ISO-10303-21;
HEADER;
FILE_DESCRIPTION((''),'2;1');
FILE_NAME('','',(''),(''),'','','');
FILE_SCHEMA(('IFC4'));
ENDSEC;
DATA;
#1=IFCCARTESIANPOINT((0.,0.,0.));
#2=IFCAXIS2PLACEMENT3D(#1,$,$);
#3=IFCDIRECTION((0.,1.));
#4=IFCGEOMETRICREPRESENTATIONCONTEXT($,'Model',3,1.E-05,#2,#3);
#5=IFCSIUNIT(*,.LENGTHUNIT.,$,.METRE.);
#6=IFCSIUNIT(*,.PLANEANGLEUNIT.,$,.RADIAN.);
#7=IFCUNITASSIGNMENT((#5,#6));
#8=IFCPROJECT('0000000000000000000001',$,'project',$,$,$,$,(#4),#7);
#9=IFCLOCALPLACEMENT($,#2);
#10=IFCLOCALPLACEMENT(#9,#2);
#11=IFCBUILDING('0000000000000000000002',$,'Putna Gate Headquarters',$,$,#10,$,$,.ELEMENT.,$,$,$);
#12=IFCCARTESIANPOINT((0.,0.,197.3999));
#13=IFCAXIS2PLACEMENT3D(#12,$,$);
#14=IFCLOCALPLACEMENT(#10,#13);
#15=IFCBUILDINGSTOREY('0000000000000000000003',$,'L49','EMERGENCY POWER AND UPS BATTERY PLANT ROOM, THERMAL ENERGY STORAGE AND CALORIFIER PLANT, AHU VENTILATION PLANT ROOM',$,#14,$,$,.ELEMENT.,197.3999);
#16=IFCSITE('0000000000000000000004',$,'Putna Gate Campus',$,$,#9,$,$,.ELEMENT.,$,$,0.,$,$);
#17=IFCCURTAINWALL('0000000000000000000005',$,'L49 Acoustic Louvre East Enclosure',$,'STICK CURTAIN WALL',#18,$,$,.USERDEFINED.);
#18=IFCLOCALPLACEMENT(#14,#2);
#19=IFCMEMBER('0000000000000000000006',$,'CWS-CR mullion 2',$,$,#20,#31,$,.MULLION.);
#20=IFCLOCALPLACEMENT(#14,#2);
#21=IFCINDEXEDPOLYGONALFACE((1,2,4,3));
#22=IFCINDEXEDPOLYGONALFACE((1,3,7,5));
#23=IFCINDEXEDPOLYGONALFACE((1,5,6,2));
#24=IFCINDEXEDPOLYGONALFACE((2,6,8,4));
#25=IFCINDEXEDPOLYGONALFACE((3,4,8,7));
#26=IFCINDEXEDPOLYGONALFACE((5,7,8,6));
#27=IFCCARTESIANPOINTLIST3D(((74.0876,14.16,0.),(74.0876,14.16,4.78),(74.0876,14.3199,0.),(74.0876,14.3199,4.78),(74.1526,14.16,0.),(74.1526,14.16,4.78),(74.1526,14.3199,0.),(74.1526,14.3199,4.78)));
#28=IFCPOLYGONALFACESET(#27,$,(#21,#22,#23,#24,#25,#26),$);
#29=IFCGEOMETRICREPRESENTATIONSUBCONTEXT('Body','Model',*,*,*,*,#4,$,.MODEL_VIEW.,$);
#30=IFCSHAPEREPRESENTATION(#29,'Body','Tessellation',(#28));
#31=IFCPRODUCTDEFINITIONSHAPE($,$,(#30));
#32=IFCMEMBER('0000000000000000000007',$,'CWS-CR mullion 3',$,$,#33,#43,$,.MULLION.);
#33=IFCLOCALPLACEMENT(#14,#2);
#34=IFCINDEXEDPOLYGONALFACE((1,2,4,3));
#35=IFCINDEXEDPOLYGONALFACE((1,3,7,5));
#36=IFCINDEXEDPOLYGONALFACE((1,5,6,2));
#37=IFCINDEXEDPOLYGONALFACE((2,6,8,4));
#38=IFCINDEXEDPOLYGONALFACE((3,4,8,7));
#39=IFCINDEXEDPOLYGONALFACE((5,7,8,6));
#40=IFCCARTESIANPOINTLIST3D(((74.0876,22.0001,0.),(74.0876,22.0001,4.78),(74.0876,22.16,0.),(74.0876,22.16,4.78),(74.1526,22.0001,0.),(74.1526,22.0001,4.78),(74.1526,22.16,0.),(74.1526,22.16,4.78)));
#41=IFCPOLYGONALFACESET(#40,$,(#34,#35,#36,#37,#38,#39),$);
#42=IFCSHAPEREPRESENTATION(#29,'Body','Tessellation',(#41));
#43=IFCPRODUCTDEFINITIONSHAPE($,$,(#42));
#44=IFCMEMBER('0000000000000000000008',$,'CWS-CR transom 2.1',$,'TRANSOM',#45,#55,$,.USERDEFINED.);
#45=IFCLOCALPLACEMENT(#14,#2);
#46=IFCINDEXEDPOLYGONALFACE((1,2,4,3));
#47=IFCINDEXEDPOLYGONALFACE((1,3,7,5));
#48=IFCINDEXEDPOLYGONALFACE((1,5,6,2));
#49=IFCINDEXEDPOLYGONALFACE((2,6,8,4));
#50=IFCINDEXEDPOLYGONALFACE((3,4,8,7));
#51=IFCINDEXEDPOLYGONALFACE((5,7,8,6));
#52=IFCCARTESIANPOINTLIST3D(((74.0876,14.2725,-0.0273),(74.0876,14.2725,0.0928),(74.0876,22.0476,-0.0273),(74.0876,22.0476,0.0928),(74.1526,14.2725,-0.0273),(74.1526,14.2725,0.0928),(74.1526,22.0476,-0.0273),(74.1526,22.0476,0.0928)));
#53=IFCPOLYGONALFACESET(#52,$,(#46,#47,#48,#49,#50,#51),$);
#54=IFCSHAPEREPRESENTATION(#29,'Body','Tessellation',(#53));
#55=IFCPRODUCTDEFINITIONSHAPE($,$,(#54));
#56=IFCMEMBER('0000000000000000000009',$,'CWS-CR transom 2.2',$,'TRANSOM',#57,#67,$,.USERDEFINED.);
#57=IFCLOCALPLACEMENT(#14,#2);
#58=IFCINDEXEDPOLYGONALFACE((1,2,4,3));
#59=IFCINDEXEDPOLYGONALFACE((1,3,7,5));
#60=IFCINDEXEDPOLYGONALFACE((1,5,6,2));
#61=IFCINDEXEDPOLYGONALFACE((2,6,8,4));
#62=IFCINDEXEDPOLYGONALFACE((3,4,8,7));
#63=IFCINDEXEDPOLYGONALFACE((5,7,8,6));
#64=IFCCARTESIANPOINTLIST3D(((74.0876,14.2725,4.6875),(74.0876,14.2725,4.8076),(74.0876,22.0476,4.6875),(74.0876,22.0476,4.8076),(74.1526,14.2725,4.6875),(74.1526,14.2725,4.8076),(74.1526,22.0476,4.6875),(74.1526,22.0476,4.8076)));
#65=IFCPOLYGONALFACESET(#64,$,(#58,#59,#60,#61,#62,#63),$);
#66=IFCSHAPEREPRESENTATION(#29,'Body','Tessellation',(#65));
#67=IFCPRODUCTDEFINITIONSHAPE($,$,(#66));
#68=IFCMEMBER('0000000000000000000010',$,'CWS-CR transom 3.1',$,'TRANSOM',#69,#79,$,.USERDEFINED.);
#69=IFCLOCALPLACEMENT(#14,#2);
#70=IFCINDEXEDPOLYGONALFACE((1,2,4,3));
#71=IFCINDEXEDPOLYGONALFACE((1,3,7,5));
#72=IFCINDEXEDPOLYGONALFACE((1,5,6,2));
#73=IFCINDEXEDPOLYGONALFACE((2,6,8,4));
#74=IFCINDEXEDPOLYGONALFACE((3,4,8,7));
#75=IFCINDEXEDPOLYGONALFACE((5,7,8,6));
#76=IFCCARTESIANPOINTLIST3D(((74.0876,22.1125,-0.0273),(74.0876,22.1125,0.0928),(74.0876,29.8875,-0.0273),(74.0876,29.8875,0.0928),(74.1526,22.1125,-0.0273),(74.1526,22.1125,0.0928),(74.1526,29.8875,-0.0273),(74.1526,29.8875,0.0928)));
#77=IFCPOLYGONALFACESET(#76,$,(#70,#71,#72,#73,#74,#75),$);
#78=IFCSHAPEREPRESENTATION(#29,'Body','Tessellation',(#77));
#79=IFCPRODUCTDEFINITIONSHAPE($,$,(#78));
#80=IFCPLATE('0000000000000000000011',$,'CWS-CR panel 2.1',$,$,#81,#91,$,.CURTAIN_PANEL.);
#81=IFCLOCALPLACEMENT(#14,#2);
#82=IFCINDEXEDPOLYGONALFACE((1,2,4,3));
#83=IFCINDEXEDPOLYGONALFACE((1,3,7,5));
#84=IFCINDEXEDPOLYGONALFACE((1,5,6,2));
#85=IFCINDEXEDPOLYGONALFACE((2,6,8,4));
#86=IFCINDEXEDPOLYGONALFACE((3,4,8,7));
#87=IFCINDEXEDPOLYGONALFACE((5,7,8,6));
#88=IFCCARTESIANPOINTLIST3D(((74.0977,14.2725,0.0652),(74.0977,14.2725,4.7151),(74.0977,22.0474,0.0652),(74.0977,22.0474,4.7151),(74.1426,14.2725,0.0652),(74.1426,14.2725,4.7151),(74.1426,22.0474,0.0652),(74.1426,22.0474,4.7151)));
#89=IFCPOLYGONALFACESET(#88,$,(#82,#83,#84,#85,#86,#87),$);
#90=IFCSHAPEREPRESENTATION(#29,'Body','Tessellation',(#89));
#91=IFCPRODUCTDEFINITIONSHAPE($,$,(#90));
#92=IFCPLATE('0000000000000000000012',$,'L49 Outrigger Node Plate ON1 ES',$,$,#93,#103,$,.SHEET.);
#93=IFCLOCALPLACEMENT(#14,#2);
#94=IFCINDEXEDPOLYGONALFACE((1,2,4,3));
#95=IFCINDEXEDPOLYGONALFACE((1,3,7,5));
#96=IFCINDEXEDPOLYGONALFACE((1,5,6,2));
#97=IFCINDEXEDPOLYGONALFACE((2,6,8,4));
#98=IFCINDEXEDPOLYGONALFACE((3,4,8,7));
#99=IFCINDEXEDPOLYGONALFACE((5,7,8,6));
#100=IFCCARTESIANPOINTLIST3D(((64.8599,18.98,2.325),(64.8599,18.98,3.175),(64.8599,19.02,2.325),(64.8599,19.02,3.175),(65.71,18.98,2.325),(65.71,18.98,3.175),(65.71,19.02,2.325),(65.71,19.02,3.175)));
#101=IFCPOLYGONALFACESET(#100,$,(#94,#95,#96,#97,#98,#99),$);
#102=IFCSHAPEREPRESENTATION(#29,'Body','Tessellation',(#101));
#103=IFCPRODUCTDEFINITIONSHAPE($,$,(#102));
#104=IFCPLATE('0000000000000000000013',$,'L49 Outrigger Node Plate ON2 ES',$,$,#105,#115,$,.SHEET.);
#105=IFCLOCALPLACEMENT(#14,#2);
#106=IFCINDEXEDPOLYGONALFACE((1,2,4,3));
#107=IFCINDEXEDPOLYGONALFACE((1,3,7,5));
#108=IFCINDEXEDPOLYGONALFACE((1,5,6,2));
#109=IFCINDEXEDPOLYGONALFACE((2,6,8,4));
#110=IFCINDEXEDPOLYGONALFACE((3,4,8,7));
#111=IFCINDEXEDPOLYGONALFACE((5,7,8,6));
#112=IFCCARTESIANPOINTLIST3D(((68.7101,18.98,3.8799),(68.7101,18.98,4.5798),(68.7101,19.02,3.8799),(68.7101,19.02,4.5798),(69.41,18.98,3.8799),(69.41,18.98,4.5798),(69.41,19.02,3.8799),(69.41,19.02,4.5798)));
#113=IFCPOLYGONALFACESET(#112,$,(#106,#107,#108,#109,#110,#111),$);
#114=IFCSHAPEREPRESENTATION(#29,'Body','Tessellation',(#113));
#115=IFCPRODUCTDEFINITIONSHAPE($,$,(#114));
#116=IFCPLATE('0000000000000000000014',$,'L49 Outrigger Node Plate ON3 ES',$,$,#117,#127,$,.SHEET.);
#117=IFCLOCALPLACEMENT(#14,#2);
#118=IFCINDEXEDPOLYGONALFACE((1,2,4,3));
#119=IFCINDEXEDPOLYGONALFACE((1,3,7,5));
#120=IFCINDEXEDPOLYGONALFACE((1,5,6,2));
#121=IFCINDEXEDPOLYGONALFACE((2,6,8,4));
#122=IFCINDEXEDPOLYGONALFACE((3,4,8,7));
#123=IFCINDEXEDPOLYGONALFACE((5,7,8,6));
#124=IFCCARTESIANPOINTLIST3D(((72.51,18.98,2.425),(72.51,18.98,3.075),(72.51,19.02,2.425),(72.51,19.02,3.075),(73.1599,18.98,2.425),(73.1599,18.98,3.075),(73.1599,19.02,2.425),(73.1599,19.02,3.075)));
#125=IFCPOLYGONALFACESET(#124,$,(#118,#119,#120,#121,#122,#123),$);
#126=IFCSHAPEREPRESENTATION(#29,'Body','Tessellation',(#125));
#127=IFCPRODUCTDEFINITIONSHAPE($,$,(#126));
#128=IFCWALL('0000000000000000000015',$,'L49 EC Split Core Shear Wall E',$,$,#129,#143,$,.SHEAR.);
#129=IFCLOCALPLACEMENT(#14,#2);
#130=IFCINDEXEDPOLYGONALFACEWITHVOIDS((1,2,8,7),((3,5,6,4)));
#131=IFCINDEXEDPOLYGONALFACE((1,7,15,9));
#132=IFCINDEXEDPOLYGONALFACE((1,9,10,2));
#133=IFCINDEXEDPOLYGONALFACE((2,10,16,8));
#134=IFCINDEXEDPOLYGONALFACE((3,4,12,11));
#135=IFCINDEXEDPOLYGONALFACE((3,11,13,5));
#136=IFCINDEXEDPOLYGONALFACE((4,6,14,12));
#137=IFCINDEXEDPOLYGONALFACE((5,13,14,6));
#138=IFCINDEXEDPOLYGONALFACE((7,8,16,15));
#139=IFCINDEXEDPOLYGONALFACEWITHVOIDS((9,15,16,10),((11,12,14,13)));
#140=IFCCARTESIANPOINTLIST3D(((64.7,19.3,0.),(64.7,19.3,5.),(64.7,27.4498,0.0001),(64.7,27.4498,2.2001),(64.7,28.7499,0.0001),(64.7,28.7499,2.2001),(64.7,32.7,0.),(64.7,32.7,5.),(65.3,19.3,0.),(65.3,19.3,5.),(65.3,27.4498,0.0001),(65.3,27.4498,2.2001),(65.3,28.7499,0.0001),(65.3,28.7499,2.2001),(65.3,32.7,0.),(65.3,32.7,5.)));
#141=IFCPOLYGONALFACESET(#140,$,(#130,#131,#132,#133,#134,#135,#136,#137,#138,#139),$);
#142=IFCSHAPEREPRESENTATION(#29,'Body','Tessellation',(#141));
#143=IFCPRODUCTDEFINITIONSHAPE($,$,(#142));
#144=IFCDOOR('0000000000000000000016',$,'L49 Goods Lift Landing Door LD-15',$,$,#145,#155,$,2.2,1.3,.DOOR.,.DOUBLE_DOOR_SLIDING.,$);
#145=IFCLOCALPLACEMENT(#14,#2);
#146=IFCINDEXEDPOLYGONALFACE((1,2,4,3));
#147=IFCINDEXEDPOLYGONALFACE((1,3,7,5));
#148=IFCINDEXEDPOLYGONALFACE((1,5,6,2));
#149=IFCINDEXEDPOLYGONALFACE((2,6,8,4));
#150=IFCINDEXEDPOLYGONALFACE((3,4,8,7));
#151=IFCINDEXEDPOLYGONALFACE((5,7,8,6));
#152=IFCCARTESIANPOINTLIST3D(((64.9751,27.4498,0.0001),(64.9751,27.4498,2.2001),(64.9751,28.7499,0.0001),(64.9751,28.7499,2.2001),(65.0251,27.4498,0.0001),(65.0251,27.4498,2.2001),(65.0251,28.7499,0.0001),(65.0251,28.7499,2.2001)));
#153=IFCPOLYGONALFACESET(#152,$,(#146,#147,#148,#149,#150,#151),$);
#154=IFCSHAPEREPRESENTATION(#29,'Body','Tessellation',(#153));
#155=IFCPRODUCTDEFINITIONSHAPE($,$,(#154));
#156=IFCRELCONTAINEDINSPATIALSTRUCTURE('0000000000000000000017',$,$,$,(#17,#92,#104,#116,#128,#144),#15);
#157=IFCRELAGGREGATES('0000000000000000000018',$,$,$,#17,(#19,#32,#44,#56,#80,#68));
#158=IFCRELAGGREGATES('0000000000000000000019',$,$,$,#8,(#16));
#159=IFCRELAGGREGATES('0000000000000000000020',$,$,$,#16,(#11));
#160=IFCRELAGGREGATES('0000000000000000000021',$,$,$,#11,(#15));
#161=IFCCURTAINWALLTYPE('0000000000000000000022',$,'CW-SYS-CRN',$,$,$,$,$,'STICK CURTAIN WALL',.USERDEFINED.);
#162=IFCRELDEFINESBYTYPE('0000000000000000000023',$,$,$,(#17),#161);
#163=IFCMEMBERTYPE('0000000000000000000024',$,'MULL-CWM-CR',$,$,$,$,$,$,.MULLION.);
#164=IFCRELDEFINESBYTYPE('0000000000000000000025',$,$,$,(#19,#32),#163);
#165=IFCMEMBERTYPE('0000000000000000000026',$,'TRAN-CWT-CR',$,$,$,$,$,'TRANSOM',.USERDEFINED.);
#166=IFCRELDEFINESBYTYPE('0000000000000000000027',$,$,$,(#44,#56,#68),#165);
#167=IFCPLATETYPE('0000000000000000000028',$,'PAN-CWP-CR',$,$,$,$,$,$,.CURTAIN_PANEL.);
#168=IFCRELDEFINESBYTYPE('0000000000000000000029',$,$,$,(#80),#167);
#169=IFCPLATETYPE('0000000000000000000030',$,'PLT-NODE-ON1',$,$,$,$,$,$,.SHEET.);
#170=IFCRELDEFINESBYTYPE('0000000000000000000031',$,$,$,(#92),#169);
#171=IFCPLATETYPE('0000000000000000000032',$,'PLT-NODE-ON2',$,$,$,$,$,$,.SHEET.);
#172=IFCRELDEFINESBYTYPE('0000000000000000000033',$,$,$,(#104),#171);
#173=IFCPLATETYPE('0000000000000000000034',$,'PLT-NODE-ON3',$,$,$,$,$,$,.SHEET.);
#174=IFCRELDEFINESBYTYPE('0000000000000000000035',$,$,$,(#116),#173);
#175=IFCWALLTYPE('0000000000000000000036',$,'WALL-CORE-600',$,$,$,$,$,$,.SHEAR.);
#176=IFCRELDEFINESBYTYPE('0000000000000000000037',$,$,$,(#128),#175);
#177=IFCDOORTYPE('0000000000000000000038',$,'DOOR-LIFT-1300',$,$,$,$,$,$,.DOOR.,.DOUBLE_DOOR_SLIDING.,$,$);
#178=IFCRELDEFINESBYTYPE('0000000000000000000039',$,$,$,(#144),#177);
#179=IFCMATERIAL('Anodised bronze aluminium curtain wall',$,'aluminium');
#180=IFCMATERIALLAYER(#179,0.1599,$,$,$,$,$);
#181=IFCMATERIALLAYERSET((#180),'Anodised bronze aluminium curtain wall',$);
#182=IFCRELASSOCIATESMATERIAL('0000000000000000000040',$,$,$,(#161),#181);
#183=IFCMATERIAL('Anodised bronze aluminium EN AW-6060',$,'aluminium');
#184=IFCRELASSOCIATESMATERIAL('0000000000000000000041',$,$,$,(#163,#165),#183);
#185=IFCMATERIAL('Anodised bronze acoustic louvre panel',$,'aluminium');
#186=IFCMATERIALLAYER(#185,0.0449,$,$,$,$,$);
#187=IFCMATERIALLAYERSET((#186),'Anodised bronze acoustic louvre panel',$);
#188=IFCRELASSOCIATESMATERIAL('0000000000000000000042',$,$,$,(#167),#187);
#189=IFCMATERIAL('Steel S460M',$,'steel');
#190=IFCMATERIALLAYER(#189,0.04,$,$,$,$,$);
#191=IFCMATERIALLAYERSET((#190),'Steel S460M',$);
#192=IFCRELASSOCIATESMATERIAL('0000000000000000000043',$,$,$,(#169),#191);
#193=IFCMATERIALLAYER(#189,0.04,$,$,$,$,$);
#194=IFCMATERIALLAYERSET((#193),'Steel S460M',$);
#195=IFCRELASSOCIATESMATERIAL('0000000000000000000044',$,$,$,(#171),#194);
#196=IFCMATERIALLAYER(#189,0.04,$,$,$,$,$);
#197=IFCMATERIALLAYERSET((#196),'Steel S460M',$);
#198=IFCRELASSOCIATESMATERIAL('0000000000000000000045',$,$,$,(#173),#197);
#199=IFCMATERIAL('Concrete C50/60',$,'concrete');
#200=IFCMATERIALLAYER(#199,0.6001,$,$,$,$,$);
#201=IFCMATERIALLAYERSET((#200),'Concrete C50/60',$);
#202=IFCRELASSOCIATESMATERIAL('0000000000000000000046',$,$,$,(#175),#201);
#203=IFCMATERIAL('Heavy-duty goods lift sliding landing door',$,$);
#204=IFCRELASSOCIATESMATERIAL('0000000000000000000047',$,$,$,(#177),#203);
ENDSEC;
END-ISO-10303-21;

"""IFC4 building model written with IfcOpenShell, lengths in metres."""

from ifc_helpers import new_model, si_unit, direction, frame, frame_2d, origin, origin_2d, place, context, subcontext, project, spatial, rectangle, extrude, material, layer, layer_set, material_profile, profile_set, type_object, element, fill, aggregate, save


model = new_model("IFC4")

# Units and contexts
model_context = context("Model", 3, precision=1e-05, world=origin(), true_north=direction((0.0, 1.0)))
body_context = subcontext(model_context, "Body", "Model", "MODEL_VIEW")
ifc_project = project(units=[si_unit("LENGTHUNIT", "METRE"), si_unit("PLANEANGLEUNIT", "RADIAN")], contexts=[model_context])

# Site, building, storey
site_placement = place(None, origin())
site = spatial("IfcSite", under=ifc_project, at=site_placement, Name="Putna Gate Campus", CompositionType="ELEMENT", RefElevation=0.0)
building_placement = place(site_placement, origin())
building = spatial("IfcBuilding", under=site, at=building_placement, Name="Putna Gate Headquarters", CompositionType="ELEMENT")
storey_placement = place(building_placement, frame((0.0, 0.0, 197.3999)))
storey = spatial("IfcBuildingStorey", under=building, at=storey_placement, Name="L49", Description="EMERGENCY POWER AND UPS BATTERY PLANT ROOM, THERMAL ENERGY STORAGE AND CALORIFIER PLANT, AHU VENTILATION PLANT ROOM", CompositionType="ELEMENT", Elevation=197.3999)

# Shared definitions
ifc_material_1 = material(Name="Concrete C50/60", Category="concrete")

# Shared definitions
ifc_material_2 = material(Name="Steel S460M", Category="steel")

# Curtain wall, members, plate
ifc_material_3 = material(Name="Anodised bronze aluminium curtain wall", Category="aluminium")
ifc_layer_1 = layer(ifc_material_3, 0.1599)
ifc_layer_set_1 = layer_set([ifc_layer_1], Name="Anodised bronze aluminium curtain wall")
curtain_wall_type = type_object("IfcCurtainWallType", Name="CW-SYS-CRN", ElementType="STICK CURTAIN WALL", PredefinedType="USERDEFINED", material=ifc_layer_set_1)
curtain_wall_placement = place(storey_placement, origin())
curtain_wall = element("IfcCurtainWall", 1, at=curtain_wall_placement, inside=storey, type_object=curtain_wall_type, Name="L49 Acoustic Louvre East Enclosure", ObjectType="STICK CURTAIN WALL", PredefinedType="USERDEFINED")
ifc_material_4 = material(Name="Anodised bronze aluminium EN AW-6060", Category="aluminium")
ifc_material_profile_1 = material_profile(ifc_material_4, rectangle(XDim=0.0649, YDim=0.1599, at=origin_2d()), Name="Anodised bronze aluminium EN AW-6060")
ifc_profile_set_1 = profile_set([ifc_material_profile_1], Name="Anodised bronze aluminium EN AW-6060")
member_type_1 = type_object("IfcMemberType", Name="MULL-CWM-CR", PredefinedType="MULLION", material=ifc_profile_set_1)
member_1_placement = place(storey_placement, frame((74.1201, 14.24, 0.0), z_axis=(0.0, 0.0, 1.0), x_axis=(-1.0, 0.0, 0.0)))
member_1 = element("IfcMember", 2, at=member_1_placement, type_object=member_type_1, Name="CWS-CR mullion 2", PredefinedType="MULLION", context=body_context, shape_type="SweptSolid", body=[
    extrude(rectangle(XDim=0.0649, YDim=0.1599, at=origin_2d()), origin(), (0.0, 0.0, 1.0), 4.78),
])
member_2_placement = place(storey_placement, frame((74.1201, 22.0801, 0.0), z_axis=(0.0, 0.0, 1.0), x_axis=(-1.0, 0.0, 0.0)))
member_2 = element("IfcMember", 3, at=member_2_placement, type_object=member_type_1, Name="CWS-CR mullion 3", PredefinedType="MULLION", context=body_context, shape_type="SweptSolid", body=[
    extrude(rectangle(XDim=0.0649, YDim=0.1599, at=origin_2d()), origin(), (0.0, 0.0, 1.0), 4.78),
])
ifc_material_profile_2 = material_profile(ifc_material_4, rectangle(XDim=0.0649, YDim=0.1201, at=origin_2d()), Name="Anodised bronze aluminium EN AW-6060")
ifc_profile_set_2 = profile_set([ifc_material_profile_2], Name="Anodised bronze aluminium EN AW-6060")
member_type_2 = type_object("IfcMemberType", Name="TRAN-CWT-CR", ElementType="TRANSOM", PredefinedType="USERDEFINED", material=ifc_profile_set_2)
member_3_placement = place(storey_placement, frame((74.1201, 14.2725, 0.0327), z_axis=(0.0, 1.0, 0.0), x_axis=(-1.0, 0.0, 0.0)))
member_3 = element("IfcMember", 4, at=member_3_placement, type_object=member_type_2, Name="CWS-CR transom 2.1", ObjectType="TRANSOM", PredefinedType="USERDEFINED", context=body_context, shape_type="SweptSolid", body=[
    extrude(rectangle(XDim=0.0649, YDim=0.1201, at=origin_2d()), origin(), (0.0, 0.0, 1.0), 7.7751),
])
member_4_placement = place(storey_placement, frame((74.1201, 14.2725, 4.7476), z_axis=(0.0, 1.0, 0.0), x_axis=(-1.0, 0.0, 0.0)))
member_4 = element("IfcMember", 5, at=member_4_placement, type_object=member_type_2, Name="CWS-CR transom 2.2", ObjectType="TRANSOM", PredefinedType="USERDEFINED", context=body_context, shape_type="SweptSolid", body=[
    extrude(rectangle(XDim=0.0649, YDim=0.1201, at=origin_2d()), origin(), (0.0, 0.0, 1.0), 7.7751),
])
member_5_placement = place(storey_placement, frame((74.1201, 22.1125, 0.0327), z_axis=(0.0, 1.0, 0.0), x_axis=(-1.0, 0.0, 0.0)))
member_5 = element("IfcMember", 6, at=member_5_placement, type_object=member_type_2, Name="CWS-CR transom 3.1", ObjectType="TRANSOM", PredefinedType="USERDEFINED", context=body_context, shape_type="SweptSolid", body=[
    extrude(rectangle(XDim=0.0649, YDim=0.1201, at=origin_2d()), origin(), (0.0, 0.0, 1.0), 7.7749),
])
ifc_material_5 = material(Name="Anodised bronze acoustic louvre panel", Category="aluminium")
ifc_layer_2 = layer(ifc_material_5, 0.0449)
ifc_layer_set_2 = layer_set([ifc_layer_2], Name="Anodised bronze acoustic louvre panel")
plate_type_1 = type_object("IfcPlateType", Name="PAN-CWP-CR", PredefinedType="CURTAIN_PANEL", material=ifc_layer_set_2)
plate_1_placement = place(storey_placement, frame((74.1201, 18.1599, 0.0652), z_axis=(0.0, 0.0, 1.0), x_axis=(0.0, 1.0, 0.0)))
plate_1 = element("IfcPlate", 7, at=plate_1_placement, type_object=plate_type_1, Name="CWS-CR panel 2.1", PredefinedType="CURTAIN_PANEL", context=body_context, shape_type="SweptSolid", body=[
    extrude(rectangle(XDim=7.7749, YDim=0.0449, at=origin_2d()), origin(), (0.0, 0.0, 1.0), 4.6499),
])
aggregate(curtain_wall, [member_1, member_2, member_3, member_4, plate_1, member_5])

# Plates
ifc_layer_3 = layer(ifc_material_2, 0.04)
ifc_layer_set_3 = layer_set([ifc_layer_3], Name="Steel S460M")
plate_type_2 = type_object("IfcPlateType", Name="PLT-NODE-ON1", PredefinedType="SHEET", material=ifc_layer_set_3)
plate_2_placement = place(storey_placement, frame((65.2849, 19.0, 2.325), z_axis=(0.0, 0.0, 1.0), x_axis=(1.0, 0.0, 0.0)))
element("IfcPlate", 8, at=plate_2_placement, inside=storey, type_object=plate_type_2, Name="L49 Outrigger Node Plate ON1 ES", PredefinedType="SHEET", context=body_context, shape_type="SweptSolid", body=[
    extrude(rectangle(XDim=0.8501, YDim=0.04, at=origin_2d()), origin(), (0.0, 0.0, 1.0), 0.8501),
])
ifc_layer_4 = layer(ifc_material_2, 0.04)
ifc_layer_set_4 = layer_set([ifc_layer_4], Name="Steel S460M")
plate_type_3 = type_object("IfcPlateType", Name="PLT-NODE-ON2", PredefinedType="SHEET", material=ifc_layer_set_4)
plate_3_placement = place(storey_placement, frame((69.0601, 19.0, 3.8799), z_axis=(0.0, 0.0, 1.0), x_axis=(1.0, 0.0, 0.0)))
element("IfcPlate", 9, at=plate_3_placement, inside=storey, type_object=plate_type_3, Name="L49 Outrigger Node Plate ON2 ES", PredefinedType="SHEET", context=body_context, shape_type="SweptSolid", body=[
    extrude(rectangle(XDim=0.7, YDim=0.04, at=origin_2d()), origin(), (0.0, 0.0, 1.0), 0.7),
])
ifc_layer_5 = layer(ifc_material_2, 0.04)
ifc_layer_set_5 = layer_set([ifc_layer_5], Name="Steel S460M")
plate_type_4 = type_object("IfcPlateType", Name="PLT-NODE-ON3", PredefinedType="SHEET", material=ifc_layer_set_5)
plate_4_placement = place(storey_placement, frame((72.835, 19.0, 2.425), z_axis=(0.0, 0.0, 1.0), x_axis=(1.0, 0.0, 0.0)))
element("IfcPlate", 10, at=plate_4_placement, inside=storey, type_object=plate_type_4, Name="L49 Outrigger Node Plate ON3 ES", PredefinedType="SHEET", context=body_context, shape_type="SweptSolid", body=[
    extrude(rectangle(XDim=0.6499, YDim=0.04, at=origin_2d()), origin(), (0.0, 0.0, 1.0), 0.6499),
])

# Wall, opening, door
ifc_layer_6 = layer(ifc_material_1, 0.6001)
ifc_layer_set_6 = layer_set([ifc_layer_6], Name="Concrete C50/60")
wall_type_1 = type_object("IfcWallType", Name="WALL-CORE-600", PredefinedType="SHEAR", material=ifc_layer_set_6)
wall_1_placement = place(storey_placement, frame((65.0, 19.3, 0.0), z_axis=(0.0, 0.0, 1.0), x_axis=(0.0, 1.0, 0.0)))
wall_1 = element("IfcWall", 11, at=wall_1_placement, inside=storey, type_object=wall_type_1, Name="L49 EC Split Core Shear Wall E", PredefinedType="SHEAR", context=body_context, shape_type="SweptSolid", body=[
    extrude(rectangle(XDim=13.3999, YDim=0.6001, at=frame_2d((6.7, 0.0))), origin(), (0.0, 0.0, 1.0), 5.0),
])
opening_1_placement = place(wall_1_placement, frame((8.1499, 0.0, 0.0)))
opening_1 = element("IfcOpeningElement", 12, at=opening_1_placement, cuts=wall_1, PredefinedType="OPENING", context=body_context, shape_type="SweptSolid", body=[
    extrude(rectangle(XDim=1.3, YDim=2.2, at=frame_2d((0.6499, 1.1001))), frame((0.0, 0.3101, 0.0), z_axis=(0.0, -1.0, 0.0), x_axis=(1.0, 0.0, 0.0)), (0.0, 0.0, 1.0), 0.6201),
])
ifc_material_6 = material(Name="Heavy-duty goods lift sliding landing door")
door_type_1 = type_object("IfcDoorType", Name="DOOR-LIFT-1300", OperationType="DOUBLE_DOOR_SLIDING", PredefinedType="DOOR", material=ifc_material_6)
door_1_placement = place(opening_1_placement, origin())
door_1 = element("IfcDoor", 13, at=door_1_placement, inside=storey, type_object=door_type_1, Name="L49 Goods Lift Landing Door LD-15", OperationType="DOUBLE_DOOR_SLIDING", OverallHeight=2.2, OverallWidth=1.3, PredefinedType="DOOR", context=body_context, shape_type="SweptSolid", body=[
    extrude(rectangle(XDim=1.3, YDim=2.2, at=frame_2d((0.6499, 1.1001))), frame((0.0, 0.0249, 0.0), z_axis=(0.0, -1.0, 0.0), x_axis=(1.0, 0.0, 0.0)), (0.0, 0.0, 1.0), 0.05),
])
fill(opening_1, door_1)

save(model, "model.ifc")
